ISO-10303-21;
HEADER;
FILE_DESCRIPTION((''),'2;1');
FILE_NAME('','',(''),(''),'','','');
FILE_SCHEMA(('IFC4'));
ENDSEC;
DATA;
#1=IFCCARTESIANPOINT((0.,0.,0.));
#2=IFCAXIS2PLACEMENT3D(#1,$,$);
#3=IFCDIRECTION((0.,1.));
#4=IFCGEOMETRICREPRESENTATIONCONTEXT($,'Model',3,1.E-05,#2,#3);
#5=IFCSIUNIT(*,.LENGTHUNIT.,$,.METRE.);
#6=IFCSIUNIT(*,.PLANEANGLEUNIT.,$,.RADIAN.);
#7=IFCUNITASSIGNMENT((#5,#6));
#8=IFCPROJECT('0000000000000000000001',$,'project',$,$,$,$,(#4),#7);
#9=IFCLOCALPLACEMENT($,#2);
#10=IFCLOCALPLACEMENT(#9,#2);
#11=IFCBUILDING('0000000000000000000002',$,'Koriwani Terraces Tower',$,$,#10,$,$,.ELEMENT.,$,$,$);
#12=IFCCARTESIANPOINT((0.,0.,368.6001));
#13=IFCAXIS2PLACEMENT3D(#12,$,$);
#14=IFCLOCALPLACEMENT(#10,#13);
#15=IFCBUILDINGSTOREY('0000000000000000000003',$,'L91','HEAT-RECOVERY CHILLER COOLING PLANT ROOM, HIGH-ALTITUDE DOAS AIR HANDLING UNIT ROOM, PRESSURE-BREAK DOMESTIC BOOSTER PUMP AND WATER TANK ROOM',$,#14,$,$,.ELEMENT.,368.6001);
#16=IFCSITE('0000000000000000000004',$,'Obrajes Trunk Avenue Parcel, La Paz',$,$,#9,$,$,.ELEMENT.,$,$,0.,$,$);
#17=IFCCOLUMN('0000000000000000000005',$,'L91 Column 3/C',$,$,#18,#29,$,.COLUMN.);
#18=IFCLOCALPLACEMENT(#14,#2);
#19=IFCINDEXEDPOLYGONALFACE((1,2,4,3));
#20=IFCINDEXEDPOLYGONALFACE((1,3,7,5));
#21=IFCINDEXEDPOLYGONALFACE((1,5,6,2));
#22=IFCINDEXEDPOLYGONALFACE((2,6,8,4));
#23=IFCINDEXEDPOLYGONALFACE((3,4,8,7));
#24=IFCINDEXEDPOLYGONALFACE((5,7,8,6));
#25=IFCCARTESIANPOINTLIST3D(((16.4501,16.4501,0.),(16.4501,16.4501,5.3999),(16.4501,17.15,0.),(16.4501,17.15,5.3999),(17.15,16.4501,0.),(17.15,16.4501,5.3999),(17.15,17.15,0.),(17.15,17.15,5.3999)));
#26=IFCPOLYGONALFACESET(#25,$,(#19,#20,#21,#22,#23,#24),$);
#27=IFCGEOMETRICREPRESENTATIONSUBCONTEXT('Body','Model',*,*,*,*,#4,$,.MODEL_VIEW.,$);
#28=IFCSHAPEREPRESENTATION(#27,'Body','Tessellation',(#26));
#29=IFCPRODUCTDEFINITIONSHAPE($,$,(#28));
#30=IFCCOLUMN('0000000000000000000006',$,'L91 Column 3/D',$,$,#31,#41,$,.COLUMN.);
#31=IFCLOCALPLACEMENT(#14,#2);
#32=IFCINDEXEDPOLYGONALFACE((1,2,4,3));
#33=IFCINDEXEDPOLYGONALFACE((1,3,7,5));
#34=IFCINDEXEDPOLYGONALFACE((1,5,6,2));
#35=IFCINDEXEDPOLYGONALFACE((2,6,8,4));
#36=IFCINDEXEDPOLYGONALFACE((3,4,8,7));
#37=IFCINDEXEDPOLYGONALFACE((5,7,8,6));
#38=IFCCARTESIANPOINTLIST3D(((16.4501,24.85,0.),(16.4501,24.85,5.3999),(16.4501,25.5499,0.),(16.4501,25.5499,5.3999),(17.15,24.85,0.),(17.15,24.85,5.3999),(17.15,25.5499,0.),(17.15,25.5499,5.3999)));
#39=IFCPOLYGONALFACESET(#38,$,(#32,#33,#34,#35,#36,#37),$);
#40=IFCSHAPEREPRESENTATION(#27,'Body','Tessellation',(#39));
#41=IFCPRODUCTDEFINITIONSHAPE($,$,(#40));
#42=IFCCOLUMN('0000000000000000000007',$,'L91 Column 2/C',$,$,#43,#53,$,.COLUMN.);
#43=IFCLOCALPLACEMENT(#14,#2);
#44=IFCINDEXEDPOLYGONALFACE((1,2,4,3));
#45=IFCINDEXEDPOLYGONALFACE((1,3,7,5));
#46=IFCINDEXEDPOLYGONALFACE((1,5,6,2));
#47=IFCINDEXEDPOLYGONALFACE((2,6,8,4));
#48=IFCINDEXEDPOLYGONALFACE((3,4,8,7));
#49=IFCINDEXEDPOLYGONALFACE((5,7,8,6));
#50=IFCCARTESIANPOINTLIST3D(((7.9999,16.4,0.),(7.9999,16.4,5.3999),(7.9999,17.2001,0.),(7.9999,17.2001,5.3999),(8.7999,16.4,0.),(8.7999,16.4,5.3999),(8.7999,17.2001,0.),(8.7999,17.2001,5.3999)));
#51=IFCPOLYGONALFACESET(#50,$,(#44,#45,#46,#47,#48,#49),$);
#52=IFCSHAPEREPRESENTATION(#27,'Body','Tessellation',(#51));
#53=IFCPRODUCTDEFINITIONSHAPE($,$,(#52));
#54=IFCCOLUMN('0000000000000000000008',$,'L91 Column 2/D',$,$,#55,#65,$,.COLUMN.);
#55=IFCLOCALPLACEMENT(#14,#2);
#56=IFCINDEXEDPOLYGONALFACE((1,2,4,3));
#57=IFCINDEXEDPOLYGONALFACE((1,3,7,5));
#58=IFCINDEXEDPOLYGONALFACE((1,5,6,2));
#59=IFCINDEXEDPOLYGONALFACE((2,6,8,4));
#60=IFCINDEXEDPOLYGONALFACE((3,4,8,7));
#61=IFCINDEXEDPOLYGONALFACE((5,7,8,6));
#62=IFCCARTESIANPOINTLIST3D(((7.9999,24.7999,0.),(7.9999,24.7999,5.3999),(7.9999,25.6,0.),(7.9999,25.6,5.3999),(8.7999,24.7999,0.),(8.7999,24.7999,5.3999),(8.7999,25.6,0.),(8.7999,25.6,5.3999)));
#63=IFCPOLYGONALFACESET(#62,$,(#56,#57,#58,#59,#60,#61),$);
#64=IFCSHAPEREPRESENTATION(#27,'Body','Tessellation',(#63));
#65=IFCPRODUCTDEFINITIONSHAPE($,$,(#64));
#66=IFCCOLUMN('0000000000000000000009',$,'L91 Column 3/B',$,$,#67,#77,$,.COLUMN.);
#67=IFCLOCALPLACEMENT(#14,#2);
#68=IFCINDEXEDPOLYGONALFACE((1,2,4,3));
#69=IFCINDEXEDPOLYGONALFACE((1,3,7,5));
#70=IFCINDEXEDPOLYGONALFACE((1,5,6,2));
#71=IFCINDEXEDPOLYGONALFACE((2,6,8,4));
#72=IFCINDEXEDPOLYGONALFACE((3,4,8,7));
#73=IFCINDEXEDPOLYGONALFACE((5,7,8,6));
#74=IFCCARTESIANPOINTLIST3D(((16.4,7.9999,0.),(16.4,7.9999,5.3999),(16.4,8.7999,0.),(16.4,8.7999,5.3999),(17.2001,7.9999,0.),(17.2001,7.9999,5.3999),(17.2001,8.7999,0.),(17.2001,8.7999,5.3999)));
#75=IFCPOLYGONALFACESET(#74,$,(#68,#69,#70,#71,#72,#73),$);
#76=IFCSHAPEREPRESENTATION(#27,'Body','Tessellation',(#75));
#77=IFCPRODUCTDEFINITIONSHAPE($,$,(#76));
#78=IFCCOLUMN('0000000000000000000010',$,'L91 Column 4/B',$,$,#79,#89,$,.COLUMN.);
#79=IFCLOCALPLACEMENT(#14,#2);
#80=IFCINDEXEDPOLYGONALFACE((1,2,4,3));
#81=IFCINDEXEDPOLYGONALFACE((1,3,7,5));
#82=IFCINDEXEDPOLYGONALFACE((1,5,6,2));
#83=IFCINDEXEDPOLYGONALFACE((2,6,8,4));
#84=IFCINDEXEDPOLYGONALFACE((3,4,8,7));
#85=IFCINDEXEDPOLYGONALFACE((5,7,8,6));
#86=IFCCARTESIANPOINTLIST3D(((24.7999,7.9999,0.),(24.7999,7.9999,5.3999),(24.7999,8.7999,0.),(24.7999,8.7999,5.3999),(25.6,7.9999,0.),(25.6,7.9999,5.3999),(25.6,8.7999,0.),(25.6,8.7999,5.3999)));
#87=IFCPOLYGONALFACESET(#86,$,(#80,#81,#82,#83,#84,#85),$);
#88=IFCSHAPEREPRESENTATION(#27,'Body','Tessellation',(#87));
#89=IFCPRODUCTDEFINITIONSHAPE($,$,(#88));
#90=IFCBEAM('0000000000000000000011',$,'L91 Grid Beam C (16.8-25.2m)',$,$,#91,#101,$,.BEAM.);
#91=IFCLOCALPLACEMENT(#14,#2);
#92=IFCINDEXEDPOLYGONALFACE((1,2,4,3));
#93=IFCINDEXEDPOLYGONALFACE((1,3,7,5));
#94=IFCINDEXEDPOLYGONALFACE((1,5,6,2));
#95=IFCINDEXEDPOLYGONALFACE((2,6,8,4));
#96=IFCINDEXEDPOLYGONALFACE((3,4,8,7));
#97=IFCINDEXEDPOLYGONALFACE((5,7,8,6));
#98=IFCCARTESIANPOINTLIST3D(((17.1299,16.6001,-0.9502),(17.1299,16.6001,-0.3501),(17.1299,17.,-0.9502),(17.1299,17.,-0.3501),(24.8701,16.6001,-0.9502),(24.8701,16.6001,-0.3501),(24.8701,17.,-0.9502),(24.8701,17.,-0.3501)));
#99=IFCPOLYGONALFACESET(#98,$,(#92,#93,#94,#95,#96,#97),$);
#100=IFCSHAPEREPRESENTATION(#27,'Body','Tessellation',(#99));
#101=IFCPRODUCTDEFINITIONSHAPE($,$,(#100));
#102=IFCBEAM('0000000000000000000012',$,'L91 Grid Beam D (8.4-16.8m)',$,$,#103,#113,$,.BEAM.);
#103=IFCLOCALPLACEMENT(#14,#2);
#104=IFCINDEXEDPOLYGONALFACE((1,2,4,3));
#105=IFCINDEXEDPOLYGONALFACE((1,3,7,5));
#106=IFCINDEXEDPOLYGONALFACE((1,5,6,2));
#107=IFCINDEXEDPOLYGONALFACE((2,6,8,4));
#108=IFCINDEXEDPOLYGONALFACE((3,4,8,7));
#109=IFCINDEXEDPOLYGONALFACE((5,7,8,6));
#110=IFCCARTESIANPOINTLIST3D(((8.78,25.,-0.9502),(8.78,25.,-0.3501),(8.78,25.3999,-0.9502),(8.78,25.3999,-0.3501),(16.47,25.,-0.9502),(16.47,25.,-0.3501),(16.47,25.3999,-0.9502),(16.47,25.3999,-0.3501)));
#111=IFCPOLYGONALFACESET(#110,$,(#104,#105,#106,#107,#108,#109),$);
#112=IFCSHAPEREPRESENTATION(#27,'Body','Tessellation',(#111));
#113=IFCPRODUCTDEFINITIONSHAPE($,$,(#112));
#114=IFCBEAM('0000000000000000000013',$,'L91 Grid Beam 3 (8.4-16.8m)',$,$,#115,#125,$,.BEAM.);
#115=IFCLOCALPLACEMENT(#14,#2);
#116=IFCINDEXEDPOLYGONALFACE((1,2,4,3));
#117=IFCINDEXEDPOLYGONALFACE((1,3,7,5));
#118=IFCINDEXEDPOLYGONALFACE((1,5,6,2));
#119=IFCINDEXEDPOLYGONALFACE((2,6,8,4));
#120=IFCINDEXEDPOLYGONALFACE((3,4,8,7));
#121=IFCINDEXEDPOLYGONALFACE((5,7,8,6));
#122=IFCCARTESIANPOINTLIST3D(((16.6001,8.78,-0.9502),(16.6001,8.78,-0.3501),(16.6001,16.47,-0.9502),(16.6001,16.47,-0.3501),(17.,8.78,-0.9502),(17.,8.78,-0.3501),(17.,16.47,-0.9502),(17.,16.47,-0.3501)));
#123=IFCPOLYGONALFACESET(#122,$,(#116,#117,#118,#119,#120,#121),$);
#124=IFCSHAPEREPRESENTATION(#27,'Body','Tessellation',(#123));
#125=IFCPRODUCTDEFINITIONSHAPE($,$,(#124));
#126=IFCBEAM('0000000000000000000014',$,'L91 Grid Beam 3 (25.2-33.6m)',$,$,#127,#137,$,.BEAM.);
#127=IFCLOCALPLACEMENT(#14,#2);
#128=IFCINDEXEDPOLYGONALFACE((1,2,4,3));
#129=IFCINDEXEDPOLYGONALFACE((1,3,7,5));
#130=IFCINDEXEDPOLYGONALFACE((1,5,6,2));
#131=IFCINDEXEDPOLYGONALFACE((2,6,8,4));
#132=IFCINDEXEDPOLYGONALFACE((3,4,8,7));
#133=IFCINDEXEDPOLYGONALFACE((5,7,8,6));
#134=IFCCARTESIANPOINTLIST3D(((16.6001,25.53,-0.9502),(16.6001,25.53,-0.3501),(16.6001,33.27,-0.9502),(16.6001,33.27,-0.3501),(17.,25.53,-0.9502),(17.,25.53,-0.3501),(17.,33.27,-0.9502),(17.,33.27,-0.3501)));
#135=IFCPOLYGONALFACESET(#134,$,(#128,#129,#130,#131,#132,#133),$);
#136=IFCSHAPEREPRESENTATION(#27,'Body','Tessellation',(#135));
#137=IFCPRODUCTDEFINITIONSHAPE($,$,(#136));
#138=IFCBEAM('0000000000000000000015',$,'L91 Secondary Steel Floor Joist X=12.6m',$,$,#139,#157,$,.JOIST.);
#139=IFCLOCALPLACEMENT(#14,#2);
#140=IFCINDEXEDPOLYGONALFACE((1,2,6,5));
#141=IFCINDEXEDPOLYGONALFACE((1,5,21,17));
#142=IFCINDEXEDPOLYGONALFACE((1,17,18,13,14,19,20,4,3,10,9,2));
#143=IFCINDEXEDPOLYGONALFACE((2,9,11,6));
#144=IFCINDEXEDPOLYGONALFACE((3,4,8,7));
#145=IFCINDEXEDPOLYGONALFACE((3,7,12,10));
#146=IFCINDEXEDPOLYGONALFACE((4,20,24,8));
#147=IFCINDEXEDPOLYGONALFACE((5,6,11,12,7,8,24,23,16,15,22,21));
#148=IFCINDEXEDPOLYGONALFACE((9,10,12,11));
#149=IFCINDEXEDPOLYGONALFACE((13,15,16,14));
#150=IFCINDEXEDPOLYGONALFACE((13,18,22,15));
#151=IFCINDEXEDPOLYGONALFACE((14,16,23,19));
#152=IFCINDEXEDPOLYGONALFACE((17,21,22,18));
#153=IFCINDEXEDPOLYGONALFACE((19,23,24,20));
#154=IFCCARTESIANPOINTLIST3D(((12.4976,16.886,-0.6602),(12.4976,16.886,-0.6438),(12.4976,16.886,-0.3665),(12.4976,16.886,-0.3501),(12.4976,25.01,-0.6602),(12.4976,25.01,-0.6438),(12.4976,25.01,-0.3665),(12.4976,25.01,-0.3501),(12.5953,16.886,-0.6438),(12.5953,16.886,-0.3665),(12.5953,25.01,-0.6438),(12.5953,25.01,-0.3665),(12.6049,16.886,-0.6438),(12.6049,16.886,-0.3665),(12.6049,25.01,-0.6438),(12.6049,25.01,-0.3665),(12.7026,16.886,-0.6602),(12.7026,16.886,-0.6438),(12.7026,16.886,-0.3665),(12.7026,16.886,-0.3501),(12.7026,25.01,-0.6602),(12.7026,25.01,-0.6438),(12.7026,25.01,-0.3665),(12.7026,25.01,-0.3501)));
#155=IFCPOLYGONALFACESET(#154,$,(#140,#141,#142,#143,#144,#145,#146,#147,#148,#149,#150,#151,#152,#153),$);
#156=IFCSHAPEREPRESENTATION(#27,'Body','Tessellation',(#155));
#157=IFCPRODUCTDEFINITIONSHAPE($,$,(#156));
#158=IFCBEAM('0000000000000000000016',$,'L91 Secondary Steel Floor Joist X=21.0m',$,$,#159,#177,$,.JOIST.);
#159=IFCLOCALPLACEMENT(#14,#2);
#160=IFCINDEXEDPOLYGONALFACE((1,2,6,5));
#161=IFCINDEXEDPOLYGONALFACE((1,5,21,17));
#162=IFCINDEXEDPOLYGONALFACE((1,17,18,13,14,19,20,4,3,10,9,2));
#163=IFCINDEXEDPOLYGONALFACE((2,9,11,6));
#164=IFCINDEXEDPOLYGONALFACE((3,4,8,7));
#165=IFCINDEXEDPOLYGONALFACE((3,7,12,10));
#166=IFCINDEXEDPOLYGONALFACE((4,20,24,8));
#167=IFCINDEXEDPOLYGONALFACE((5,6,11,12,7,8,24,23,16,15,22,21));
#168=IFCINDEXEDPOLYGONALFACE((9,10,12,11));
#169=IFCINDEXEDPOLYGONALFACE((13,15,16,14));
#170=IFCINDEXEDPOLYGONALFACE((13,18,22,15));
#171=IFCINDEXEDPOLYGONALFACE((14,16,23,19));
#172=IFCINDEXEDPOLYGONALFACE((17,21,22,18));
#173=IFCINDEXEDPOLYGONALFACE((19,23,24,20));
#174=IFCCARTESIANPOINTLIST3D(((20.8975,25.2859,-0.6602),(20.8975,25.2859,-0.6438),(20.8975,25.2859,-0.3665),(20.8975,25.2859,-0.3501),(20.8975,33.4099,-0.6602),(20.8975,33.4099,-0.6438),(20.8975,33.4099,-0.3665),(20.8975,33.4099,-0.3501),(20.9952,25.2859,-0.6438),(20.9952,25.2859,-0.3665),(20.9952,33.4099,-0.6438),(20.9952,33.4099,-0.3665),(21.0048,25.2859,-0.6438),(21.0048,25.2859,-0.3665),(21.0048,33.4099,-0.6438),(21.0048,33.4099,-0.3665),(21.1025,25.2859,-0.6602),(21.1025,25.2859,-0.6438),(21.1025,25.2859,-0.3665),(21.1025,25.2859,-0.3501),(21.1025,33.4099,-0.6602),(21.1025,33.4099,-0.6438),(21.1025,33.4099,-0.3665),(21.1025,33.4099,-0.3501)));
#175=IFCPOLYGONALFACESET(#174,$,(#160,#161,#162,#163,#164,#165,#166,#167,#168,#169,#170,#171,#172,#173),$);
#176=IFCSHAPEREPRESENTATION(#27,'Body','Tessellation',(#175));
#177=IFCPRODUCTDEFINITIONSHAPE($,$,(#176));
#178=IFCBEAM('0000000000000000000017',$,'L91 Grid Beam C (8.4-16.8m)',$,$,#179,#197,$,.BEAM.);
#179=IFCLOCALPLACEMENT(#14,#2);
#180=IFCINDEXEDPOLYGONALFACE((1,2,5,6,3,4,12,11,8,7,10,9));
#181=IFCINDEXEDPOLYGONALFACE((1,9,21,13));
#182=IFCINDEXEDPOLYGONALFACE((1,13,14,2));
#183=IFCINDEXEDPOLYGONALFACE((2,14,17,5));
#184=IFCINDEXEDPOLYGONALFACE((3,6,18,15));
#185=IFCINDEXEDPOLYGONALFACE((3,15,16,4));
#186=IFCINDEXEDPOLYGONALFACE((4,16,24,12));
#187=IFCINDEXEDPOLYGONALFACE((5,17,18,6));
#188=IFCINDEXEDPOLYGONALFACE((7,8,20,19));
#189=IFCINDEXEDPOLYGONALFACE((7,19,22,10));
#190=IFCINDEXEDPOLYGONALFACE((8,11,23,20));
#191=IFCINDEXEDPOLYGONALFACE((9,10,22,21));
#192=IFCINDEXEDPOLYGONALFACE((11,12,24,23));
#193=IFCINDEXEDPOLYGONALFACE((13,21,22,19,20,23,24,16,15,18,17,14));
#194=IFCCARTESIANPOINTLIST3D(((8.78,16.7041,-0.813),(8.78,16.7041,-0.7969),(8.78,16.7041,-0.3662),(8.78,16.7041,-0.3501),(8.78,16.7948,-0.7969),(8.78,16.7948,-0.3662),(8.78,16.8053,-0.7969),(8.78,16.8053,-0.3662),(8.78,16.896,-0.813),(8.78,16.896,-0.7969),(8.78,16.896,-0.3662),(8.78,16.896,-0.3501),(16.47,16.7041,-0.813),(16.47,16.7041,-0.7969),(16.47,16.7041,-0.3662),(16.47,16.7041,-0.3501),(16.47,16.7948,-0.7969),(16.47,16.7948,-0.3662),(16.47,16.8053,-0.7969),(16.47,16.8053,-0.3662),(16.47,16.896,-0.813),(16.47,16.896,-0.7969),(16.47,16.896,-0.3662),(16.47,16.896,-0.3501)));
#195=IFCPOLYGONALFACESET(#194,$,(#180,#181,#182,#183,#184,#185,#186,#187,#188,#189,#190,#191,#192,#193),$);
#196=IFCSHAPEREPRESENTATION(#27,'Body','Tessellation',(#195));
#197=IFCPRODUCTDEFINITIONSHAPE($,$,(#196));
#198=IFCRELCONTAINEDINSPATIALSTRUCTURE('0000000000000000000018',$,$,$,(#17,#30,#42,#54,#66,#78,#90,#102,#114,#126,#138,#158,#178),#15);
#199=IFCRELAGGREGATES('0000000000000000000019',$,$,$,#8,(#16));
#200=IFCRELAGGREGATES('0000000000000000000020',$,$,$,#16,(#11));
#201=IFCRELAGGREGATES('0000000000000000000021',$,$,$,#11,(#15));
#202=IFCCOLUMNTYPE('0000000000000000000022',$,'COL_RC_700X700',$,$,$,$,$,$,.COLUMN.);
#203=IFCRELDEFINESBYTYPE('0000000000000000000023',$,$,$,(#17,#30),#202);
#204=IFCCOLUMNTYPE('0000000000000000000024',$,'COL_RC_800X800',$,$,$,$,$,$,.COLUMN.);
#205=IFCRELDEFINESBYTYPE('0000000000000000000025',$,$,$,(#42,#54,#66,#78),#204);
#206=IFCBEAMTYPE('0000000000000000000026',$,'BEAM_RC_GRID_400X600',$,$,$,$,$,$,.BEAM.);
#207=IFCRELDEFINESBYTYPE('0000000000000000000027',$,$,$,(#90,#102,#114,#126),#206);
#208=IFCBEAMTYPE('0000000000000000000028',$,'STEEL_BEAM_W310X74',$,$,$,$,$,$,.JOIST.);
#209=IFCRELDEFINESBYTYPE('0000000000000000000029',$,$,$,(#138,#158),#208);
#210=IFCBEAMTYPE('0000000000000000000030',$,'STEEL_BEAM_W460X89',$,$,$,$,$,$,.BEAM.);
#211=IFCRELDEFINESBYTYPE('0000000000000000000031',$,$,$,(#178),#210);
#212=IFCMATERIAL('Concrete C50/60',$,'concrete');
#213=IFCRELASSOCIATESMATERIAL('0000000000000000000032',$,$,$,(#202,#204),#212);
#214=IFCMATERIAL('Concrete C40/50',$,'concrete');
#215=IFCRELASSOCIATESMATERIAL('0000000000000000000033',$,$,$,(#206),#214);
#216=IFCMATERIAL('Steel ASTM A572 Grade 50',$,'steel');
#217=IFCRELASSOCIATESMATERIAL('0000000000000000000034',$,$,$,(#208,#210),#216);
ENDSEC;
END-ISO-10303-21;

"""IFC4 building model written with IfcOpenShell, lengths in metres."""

from ifc_helpers import new_model, si_unit, direction, frame, origin, origin_2d, place, context, subcontext, project, spatial, rectangle, i_section, extrude, material, material_profile, profile_set, type_object, element, save


model = new_model("IFC4")

# Units and contexts
model_context = context("Model", 3, precision=1e-05, world=origin(), true_north=direction((0.0, 1.0)))
body_context = subcontext(model_context, "Body", "Model", "MODEL_VIEW")
ifc_project = project(units=[si_unit("LENGTHUNIT", "METRE"), si_unit("PLANEANGLEUNIT", "RADIAN")], contexts=[model_context])

# Site, building, storey
site_placement = place(None, origin())
site = spatial("IfcSite", under=ifc_project, at=site_placement, Name="Obrajes Trunk Avenue Parcel, La Paz", CompositionType="ELEMENT", RefElevation=0.0)
building_placement = place(site_placement, origin())
building = spatial("IfcBuilding", under=site, at=building_placement, Name="Koriwani Terraces Tower", CompositionType="ELEMENT")
storey_placement = place(building_placement, frame((0.0, 0.0, 368.6001)))
storey = spatial("IfcBuildingStorey", under=building, at=storey_placement, Name="L91", Description="HEAT-RECOVERY CHILLER COOLING PLANT ROOM, HIGH-ALTITUDE DOAS AIR HANDLING UNIT ROOM, PRESSURE-BREAK DOMESTIC BOOSTER PUMP AND WATER TANK ROOM", CompositionType="ELEMENT", Elevation=368.6001)

# Columns
ifc_material_1 = material(Name="Concrete C50/60", Category="concrete")
ifc_material_profile_1 = material_profile(ifc_material_1, rectangle(XDim=0.7, YDim=0.7, at=origin_2d()), Name="Concrete C50/60", Category="LoadBearing")
ifc_profile_set_1 = profile_set([ifc_material_profile_1], Name="Concrete C50/60")
column_type_1 = type_object("IfcColumnType", Name="COL_RC_700X700", PredefinedType="COLUMN", material=ifc_profile_set_1)
for number, where, z_axis, x_axis, name in (
    (1, (16.8, 16.8, 0.0), (0.0, 0.0, 1.0), (1.0, 0.0, 0.0), "L91 Column 3/C"),
    (2, (16.8, 25.2, 0.0), (0.0, 0.0, 1.0), (1.0, 0.0, 0.0), "L91 Column 3/D"),
):
    element("IfcColumn", number, at=place(storey_placement, frame(where, z_axis=z_axis, x_axis=x_axis)), inside=storey, type_object=column_type_1, Name=name, PredefinedType="COLUMN", context=body_context, shape_type="SweptSolid", body=[
        extrude(rectangle(XDim=0.7, YDim=0.7, at=origin_2d()), origin(), (0.0, 0.0, 1.0), 5.3999),
    ])
ifc_material_profile_2 = material_profile(ifc_material_1, rectangle(XDim=0.8, YDim=0.8, at=origin_2d()), Name="Concrete C50/60", Category="LoadBearing")
ifc_profile_set_2 = profile_set([ifc_material_profile_2], Name="Concrete C50/60")
column_type_2 = type_object("IfcColumnType", Name="COL_RC_800X800", PredefinedType="COLUMN", material=ifc_profile_set_2)
for number, where, z_axis, x_axis, name in (
    (3, (8.3999, 16.8, 0.0), (0.0, 0.0, 1.0), (1.0, 0.0, 0.0), "L91 Column 2/C"),
    (4, (8.3999, 25.2, 0.0), (0.0, 0.0, 1.0), (1.0, 0.0, 0.0), "L91 Column 2/D"),
    (5, (16.8, 8.3999, 0.0), (0.0, 0.0, 1.0), (1.0, 0.0, 0.0), "L91 Column 3/B"),
    (6, (25.2, 8.3999, 0.0), (0.0, 0.0, 1.0), (1.0, 0.0, 0.0), "L91 Column 4/B"),
):
    element("IfcColumn", number, at=place(storey_placement, frame(where, z_axis=z_axis, x_axis=x_axis)), inside=storey, type_object=column_type_2, Name=name, PredefinedType="COLUMN", context=body_context, shape_type="SweptSolid", body=[
        extrude(rectangle(XDim=0.8, YDim=0.8, at=origin_2d()), origin(), (0.0, 0.0, 1.0), 5.3999),
    ])

# Beams
ifc_material_2 = material(Name="Concrete C40/50", Category="concrete")
ifc_material_profile_3 = material_profile(ifc_material_2, rectangle(XDim=0.3999, YDim=0.6001, at=origin_2d()), Name="Concrete C40/50", Category="LoadBearing")
ifc_profile_set_3 = profile_set([ifc_material_profile_3], Name="Concrete C40/50")
beam_type_1 = type_object("IfcBeamType", Name="BEAM_RC_GRID_400X600", PredefinedType="BEAM", material=ifc_profile_set_3)
beam_1_placement = place(storey_placement, frame((17.1299, 16.8, -0.6501), z_axis=(1.0, 0.0, 0.0), x_axis=(0.0, 1.0, 0.0)))
element("IfcBeam", 7, at=beam_1_placement, inside=storey, type_object=beam_type_1, Name="L91 Grid Beam C (16.8-25.2m)", PredefinedType="BEAM", context=body_context, shape_type="SweptSolid", body=[
    extrude(rectangle(XDim=0.3999, YDim=0.6001, at=origin_2d()), origin(), (0.0, 0.0, 1.0), 7.7402),
])
for number, where, z_axis, x_axis, name in (
    (8, (8.78, 25.2, -0.6501), (1.0, 0.0, 0.0), (0.0, 1.0, 0.0), "L91 Grid Beam D (8.4-16.8m)"),
    (9, (16.8, 8.78, -0.6501), (0.0, 1.0, 0.0), (-1.0, 0.0, 0.0), "L91 Grid Beam 3 (8.4-16.8m)"),
):
    element("IfcBeam", number, at=place(storey_placement, frame(where, z_axis=z_axis, x_axis=x_axis)), inside=storey, type_object=beam_type_1, Name=name, PredefinedType="BEAM", context=body_context, shape_type="SweptSolid", body=[
        extrude(rectangle(XDim=0.3999, YDim=0.6001, at=origin_2d()), origin(), (0.0, 0.0, 1.0), 7.6899),
    ])
beam_2_placement = place(storey_placement, frame((16.8, 25.53, -0.6501), z_axis=(0.0, 1.0, 0.0), x_axis=(-1.0, 0.0, 0.0)))
element("IfcBeam", 10, at=beam_2_placement, inside=storey, type_object=beam_type_1, Name="L91 Grid Beam 3 (25.2-33.6m)", PredefinedType="BEAM", context=body_context, shape_type="SweptSolid", body=[
    extrude(rectangle(XDim=0.3999, YDim=0.6001, at=origin_2d()), origin(), (0.0, 0.0, 1.0), 7.74),
])
ifc_material_3 = material(Name="Steel ASTM A572 Grade 50", Category="steel")
ifc_material_profile_4 = material_profile(ifc_material_3, i_section(OverallWidth=0.2051, OverallDepth=0.3101, WebThickness=0.0095, FlangeThickness=0.0164, at=origin_2d()), Name="Steel ASTM A572 Grade 50", Category="LoadBearing")
ifc_profile_set_4 = profile_set([ifc_material_profile_4], Name="Steel ASTM A572 Grade 50")
beam_type_2 = type_object("IfcBeamType", Name="STEEL_BEAM_W310X74", PredefinedType="JOIST", material=ifc_profile_set_4)
for number, where, z_axis, x_axis, name in (
    (11, (12.6001, 16.886, -0.5051), (0.0, 1.0, 0.0), (-1.0, 0.0, 0.0), "L91 Secondary Steel Floor Joist X=12.6m"),
    (12, (21.0, 25.2859, -0.5051), (0.0, 1.0, 0.0), (-1.0, 0.0, 0.0), "L91 Secondary Steel Floor Joist X=21.0m"),
):
    element("IfcBeam", number, at=place(storey_placement, frame(where, z_axis=z_axis, x_axis=x_axis)), inside=storey, type_object=beam_type_2, Name=name, PredefinedType="JOIST", context=body_context, shape_type="SweptSolid", body=[
        extrude(i_section(OverallWidth=0.2051, OverallDepth=0.3101, WebThickness=0.0095, FlangeThickness=0.0164, at=origin_2d()), origin(), (0.0, 0.0, 1.0), 8.124),
    ])
ifc_material_profile_5 = material_profile(ifc_material_3, i_section(OverallWidth=0.1919, OverallDepth=0.4629, WebThickness=0.0105, FlangeThickness=0.0161, at=origin_2d()), Name="Steel ASTM A572 Grade 50", Category="LoadBearing")
ifc_profile_set_5 = profile_set([ifc_material_profile_5], Name="Steel ASTM A572 Grade 50")
beam_type_3 = type_object("IfcBeamType", Name="STEEL_BEAM_W460X89", PredefinedType="BEAM", material=ifc_profile_set_5)
beam_3_placement = place(storey_placement, frame((8.78, 16.8, -0.5815), z_axis=(1.0, 0.0, 0.0), x_axis=(0.0, 1.0, 0.0)))
element("IfcBeam", 13, at=beam_3_placement, inside=storey, type_object=beam_type_3, Name="L91 Grid Beam C (8.4-16.8m)", PredefinedType="BEAM", context=body_context, shape_type="SweptSolid", body=[
    extrude(i_section(OverallWidth=0.1919, OverallDepth=0.4629, WebThickness=0.0105, FlangeThickness=0.0161, at=origin_2d()), origin(), (0.0, 0.0, 1.0), 7.6899),
])

save(model, "model.ifc")
